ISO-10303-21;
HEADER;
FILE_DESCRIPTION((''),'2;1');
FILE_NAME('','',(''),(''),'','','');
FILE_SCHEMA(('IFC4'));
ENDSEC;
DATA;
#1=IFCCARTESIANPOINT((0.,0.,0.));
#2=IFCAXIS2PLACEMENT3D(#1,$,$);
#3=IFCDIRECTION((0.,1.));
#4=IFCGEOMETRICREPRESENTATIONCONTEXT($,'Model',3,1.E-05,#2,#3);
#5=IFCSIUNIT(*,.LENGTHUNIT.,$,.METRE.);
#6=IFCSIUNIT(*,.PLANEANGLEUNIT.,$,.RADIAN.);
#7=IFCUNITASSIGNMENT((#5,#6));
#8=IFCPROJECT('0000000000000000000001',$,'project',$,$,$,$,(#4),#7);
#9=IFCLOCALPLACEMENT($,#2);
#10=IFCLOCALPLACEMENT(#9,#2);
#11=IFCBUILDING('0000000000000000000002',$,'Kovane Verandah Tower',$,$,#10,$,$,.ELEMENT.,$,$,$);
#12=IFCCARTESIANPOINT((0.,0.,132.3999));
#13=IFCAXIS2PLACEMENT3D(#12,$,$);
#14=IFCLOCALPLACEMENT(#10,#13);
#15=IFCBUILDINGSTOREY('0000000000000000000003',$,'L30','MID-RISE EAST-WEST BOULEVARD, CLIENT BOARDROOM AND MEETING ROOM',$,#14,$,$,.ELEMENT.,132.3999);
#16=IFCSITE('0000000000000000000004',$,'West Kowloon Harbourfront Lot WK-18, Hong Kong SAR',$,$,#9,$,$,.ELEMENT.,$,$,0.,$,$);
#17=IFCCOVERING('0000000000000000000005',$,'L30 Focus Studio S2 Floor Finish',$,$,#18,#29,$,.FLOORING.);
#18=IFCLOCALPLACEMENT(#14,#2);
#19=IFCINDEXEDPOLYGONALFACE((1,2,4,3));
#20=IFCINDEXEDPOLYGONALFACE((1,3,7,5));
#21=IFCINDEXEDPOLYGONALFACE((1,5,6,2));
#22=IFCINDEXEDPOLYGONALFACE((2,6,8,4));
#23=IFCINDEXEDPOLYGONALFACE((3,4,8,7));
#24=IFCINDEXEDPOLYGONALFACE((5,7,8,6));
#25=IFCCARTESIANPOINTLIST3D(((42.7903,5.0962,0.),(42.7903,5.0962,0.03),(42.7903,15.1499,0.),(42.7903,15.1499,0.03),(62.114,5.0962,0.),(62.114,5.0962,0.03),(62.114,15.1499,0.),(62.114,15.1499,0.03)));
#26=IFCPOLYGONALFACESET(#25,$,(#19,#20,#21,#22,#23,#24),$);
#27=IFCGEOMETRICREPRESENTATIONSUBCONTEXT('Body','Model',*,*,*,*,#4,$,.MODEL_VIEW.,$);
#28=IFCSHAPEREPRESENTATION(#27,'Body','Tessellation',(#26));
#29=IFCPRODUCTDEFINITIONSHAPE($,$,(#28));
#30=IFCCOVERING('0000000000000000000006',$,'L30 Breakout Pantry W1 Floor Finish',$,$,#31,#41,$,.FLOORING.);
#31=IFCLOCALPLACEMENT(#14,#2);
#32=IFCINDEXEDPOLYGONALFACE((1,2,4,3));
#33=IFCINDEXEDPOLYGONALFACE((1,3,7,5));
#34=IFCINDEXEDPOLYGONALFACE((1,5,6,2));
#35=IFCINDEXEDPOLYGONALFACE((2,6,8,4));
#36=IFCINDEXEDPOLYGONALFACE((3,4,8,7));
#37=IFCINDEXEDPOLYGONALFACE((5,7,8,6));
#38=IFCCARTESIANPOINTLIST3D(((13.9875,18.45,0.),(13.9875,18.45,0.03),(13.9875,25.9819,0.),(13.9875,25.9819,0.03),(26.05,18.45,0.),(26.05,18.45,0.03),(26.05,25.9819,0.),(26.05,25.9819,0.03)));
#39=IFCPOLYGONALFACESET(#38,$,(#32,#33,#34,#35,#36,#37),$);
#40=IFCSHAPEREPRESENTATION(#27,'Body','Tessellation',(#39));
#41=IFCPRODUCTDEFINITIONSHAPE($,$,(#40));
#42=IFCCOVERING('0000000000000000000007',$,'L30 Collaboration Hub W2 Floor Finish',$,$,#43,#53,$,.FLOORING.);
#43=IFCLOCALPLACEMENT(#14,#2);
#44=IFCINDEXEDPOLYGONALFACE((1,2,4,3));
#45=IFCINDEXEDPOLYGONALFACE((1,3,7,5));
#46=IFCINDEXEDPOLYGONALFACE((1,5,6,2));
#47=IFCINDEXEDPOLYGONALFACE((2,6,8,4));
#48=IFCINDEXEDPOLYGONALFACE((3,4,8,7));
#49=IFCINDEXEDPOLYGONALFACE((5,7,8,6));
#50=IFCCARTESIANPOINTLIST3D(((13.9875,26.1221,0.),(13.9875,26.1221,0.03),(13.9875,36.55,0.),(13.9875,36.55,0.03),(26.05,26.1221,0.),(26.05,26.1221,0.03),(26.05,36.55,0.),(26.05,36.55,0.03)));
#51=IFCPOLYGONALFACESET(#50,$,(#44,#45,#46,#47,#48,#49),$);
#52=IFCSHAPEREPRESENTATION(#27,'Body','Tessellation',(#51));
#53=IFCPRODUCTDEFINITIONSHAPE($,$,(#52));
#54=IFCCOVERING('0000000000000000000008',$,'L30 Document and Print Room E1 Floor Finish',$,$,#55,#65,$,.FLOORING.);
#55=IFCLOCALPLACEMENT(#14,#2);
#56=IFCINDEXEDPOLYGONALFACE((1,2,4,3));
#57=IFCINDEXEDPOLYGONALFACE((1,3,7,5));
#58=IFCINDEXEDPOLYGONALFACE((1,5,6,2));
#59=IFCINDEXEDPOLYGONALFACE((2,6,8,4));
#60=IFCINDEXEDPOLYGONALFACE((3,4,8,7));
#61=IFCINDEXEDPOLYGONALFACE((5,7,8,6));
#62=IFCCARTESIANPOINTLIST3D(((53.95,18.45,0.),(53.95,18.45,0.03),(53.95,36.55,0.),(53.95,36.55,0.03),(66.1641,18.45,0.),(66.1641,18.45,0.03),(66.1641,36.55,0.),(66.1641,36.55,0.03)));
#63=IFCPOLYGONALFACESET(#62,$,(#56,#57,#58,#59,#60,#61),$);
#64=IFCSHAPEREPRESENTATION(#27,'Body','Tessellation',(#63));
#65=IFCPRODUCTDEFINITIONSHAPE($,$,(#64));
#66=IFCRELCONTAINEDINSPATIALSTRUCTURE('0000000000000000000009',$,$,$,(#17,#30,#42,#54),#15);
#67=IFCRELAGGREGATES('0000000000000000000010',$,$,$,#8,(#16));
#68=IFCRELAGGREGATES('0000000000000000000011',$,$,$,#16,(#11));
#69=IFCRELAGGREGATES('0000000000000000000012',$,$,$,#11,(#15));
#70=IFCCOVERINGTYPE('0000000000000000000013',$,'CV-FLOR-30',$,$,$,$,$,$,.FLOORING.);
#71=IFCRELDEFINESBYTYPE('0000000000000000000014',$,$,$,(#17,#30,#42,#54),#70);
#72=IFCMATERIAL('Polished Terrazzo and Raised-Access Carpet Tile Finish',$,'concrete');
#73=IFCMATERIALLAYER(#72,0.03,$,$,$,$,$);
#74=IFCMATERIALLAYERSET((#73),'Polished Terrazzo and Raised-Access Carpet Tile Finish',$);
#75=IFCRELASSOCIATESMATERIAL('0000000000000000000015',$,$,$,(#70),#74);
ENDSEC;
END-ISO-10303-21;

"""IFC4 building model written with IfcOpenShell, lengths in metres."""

from ifc_helpers import new_model, si_unit, direction, frame, origin, place, context, subcontext, project, spatial, polyline, outline, extrude, material, layer, layer_set, type_object, element, save


model = new_model("IFC4")

# Units and contexts
model_context = context("Model", 3, precision=1e-05, world=origin(), true_north=direction((0.0, 1.0)))
body_context = subcontext(model_context, "Body", "Model", "MODEL_VIEW")
ifc_project = project(units=[si_unit("LENGTHUNIT", "METRE"), si_unit("PLANEANGLEUNIT", "RADIAN")], contexts=[model_context])

# Site, building, storey
site_placement = place(None, origin())
site = spatial("IfcSite", under=ifc_project, at=site_placement, Name="West Kowloon Harbourfront Lot WK-18, Hong Kong SAR", CompositionType="ELEMENT", RefElevation=0.0)
building_placement = place(site_placement, origin())
building = spatial("IfcBuilding", under=site, at=building_placement, Name="Kovane Verandah Tower", CompositionType="ELEMENT")
storey_placement = place(building_placement, frame((0.0, 0.0, 132.3999)))
storey = spatial("IfcBuildingStorey", under=building, at=storey_placement, Name="L30", Description="MID-RISE EAST-WEST BOULEVARD, CLIENT BOARDROOM AND MEETING ROOM", CompositionType="ELEMENT", Elevation=132.3999)

# Coverings
ifc_material_1 = material(Name="Polished Terrazzo and Raised-Access Carpet Tile Finish", Category="concrete")
ifc_layer_1 = layer(ifc_material_1, 0.03)
ifc_layer_set_1 = layer_set([ifc_layer_1], Name="Polished Terrazzo and Raised-Access Carpet Tile Finish")
covering_type_1 = type_object("IfcCoveringType", Name="CV-FLOR-30", PredefinedType="FLOORING", material=ifc_layer_set_1)
covering_1_placement = place(storey_placement, origin())
element("IfcCovering", 1, at=covering_1_placement, inside=storey, type_object=covering_type_1, Name="L30 Focus Studio S2 Floor Finish", PredefinedType="FLOORING", context=body_context, shape_type="SweptSolid", body=[
    extrude(outline(polyline([(42.7903, 5.0962), (62.114, 5.0962), (62.114, 15.1499), (42.7903, 15.1499), (42.7903, 5.0962)])), origin(), (0.0, 0.0, 1.0), 0.03),
])
covering_2_placement = place(storey_placement, origin())
element("IfcCovering", 2, at=covering_2_placement, inside=storey, type_object=covering_type_1, Name="L30 Breakout Pantry W1 Floor Finish", PredefinedType="FLOORING", context=body_context, shape_type="SweptSolid", body=[
    extrude(outline(polyline([(13.9875, 18.45), (26.05, 18.45), (26.05, 25.9819), (13.9875, 25.9819), (13.9875, 18.45)])), origin(), (0.0, 0.0, 1.0), 0.03),
])
covering_3_placement = place(storey_placement, origin())
element("IfcCovering", 3, at=covering_3_placement, inside=storey, type_object=covering_type_1, Name="L30 Collaboration Hub W2 Floor Finish", PredefinedType="FLOORING", context=body_context, shape_type="SweptSolid", body=[
    extrude(outline(polyline([(13.9875, 26.1221), (26.05, 26.1221), (26.05, 36.55), (13.9875, 36.55), (13.9875, 26.1221)])), origin(), (0.0, 0.0, 1.0), 0.03),
])
covering_4_placement = place(storey_placement, origin())
element("IfcCovering", 4, at=covering_4_placement, inside=storey, type_object=covering_type_1, Name="L30 Document and Print Room E1 Floor Finish", PredefinedType="FLOORING", context=body_context, shape_type="SweptSolid", body=[
    extrude(outline(polyline([(53.95, 18.45), (66.1641, 18.45), (66.1641, 36.55), (53.95, 36.55), (53.95, 18.45)])), origin(), (0.0, 0.0, 1.0), 0.03),
])

save(model, "model.ifc")
